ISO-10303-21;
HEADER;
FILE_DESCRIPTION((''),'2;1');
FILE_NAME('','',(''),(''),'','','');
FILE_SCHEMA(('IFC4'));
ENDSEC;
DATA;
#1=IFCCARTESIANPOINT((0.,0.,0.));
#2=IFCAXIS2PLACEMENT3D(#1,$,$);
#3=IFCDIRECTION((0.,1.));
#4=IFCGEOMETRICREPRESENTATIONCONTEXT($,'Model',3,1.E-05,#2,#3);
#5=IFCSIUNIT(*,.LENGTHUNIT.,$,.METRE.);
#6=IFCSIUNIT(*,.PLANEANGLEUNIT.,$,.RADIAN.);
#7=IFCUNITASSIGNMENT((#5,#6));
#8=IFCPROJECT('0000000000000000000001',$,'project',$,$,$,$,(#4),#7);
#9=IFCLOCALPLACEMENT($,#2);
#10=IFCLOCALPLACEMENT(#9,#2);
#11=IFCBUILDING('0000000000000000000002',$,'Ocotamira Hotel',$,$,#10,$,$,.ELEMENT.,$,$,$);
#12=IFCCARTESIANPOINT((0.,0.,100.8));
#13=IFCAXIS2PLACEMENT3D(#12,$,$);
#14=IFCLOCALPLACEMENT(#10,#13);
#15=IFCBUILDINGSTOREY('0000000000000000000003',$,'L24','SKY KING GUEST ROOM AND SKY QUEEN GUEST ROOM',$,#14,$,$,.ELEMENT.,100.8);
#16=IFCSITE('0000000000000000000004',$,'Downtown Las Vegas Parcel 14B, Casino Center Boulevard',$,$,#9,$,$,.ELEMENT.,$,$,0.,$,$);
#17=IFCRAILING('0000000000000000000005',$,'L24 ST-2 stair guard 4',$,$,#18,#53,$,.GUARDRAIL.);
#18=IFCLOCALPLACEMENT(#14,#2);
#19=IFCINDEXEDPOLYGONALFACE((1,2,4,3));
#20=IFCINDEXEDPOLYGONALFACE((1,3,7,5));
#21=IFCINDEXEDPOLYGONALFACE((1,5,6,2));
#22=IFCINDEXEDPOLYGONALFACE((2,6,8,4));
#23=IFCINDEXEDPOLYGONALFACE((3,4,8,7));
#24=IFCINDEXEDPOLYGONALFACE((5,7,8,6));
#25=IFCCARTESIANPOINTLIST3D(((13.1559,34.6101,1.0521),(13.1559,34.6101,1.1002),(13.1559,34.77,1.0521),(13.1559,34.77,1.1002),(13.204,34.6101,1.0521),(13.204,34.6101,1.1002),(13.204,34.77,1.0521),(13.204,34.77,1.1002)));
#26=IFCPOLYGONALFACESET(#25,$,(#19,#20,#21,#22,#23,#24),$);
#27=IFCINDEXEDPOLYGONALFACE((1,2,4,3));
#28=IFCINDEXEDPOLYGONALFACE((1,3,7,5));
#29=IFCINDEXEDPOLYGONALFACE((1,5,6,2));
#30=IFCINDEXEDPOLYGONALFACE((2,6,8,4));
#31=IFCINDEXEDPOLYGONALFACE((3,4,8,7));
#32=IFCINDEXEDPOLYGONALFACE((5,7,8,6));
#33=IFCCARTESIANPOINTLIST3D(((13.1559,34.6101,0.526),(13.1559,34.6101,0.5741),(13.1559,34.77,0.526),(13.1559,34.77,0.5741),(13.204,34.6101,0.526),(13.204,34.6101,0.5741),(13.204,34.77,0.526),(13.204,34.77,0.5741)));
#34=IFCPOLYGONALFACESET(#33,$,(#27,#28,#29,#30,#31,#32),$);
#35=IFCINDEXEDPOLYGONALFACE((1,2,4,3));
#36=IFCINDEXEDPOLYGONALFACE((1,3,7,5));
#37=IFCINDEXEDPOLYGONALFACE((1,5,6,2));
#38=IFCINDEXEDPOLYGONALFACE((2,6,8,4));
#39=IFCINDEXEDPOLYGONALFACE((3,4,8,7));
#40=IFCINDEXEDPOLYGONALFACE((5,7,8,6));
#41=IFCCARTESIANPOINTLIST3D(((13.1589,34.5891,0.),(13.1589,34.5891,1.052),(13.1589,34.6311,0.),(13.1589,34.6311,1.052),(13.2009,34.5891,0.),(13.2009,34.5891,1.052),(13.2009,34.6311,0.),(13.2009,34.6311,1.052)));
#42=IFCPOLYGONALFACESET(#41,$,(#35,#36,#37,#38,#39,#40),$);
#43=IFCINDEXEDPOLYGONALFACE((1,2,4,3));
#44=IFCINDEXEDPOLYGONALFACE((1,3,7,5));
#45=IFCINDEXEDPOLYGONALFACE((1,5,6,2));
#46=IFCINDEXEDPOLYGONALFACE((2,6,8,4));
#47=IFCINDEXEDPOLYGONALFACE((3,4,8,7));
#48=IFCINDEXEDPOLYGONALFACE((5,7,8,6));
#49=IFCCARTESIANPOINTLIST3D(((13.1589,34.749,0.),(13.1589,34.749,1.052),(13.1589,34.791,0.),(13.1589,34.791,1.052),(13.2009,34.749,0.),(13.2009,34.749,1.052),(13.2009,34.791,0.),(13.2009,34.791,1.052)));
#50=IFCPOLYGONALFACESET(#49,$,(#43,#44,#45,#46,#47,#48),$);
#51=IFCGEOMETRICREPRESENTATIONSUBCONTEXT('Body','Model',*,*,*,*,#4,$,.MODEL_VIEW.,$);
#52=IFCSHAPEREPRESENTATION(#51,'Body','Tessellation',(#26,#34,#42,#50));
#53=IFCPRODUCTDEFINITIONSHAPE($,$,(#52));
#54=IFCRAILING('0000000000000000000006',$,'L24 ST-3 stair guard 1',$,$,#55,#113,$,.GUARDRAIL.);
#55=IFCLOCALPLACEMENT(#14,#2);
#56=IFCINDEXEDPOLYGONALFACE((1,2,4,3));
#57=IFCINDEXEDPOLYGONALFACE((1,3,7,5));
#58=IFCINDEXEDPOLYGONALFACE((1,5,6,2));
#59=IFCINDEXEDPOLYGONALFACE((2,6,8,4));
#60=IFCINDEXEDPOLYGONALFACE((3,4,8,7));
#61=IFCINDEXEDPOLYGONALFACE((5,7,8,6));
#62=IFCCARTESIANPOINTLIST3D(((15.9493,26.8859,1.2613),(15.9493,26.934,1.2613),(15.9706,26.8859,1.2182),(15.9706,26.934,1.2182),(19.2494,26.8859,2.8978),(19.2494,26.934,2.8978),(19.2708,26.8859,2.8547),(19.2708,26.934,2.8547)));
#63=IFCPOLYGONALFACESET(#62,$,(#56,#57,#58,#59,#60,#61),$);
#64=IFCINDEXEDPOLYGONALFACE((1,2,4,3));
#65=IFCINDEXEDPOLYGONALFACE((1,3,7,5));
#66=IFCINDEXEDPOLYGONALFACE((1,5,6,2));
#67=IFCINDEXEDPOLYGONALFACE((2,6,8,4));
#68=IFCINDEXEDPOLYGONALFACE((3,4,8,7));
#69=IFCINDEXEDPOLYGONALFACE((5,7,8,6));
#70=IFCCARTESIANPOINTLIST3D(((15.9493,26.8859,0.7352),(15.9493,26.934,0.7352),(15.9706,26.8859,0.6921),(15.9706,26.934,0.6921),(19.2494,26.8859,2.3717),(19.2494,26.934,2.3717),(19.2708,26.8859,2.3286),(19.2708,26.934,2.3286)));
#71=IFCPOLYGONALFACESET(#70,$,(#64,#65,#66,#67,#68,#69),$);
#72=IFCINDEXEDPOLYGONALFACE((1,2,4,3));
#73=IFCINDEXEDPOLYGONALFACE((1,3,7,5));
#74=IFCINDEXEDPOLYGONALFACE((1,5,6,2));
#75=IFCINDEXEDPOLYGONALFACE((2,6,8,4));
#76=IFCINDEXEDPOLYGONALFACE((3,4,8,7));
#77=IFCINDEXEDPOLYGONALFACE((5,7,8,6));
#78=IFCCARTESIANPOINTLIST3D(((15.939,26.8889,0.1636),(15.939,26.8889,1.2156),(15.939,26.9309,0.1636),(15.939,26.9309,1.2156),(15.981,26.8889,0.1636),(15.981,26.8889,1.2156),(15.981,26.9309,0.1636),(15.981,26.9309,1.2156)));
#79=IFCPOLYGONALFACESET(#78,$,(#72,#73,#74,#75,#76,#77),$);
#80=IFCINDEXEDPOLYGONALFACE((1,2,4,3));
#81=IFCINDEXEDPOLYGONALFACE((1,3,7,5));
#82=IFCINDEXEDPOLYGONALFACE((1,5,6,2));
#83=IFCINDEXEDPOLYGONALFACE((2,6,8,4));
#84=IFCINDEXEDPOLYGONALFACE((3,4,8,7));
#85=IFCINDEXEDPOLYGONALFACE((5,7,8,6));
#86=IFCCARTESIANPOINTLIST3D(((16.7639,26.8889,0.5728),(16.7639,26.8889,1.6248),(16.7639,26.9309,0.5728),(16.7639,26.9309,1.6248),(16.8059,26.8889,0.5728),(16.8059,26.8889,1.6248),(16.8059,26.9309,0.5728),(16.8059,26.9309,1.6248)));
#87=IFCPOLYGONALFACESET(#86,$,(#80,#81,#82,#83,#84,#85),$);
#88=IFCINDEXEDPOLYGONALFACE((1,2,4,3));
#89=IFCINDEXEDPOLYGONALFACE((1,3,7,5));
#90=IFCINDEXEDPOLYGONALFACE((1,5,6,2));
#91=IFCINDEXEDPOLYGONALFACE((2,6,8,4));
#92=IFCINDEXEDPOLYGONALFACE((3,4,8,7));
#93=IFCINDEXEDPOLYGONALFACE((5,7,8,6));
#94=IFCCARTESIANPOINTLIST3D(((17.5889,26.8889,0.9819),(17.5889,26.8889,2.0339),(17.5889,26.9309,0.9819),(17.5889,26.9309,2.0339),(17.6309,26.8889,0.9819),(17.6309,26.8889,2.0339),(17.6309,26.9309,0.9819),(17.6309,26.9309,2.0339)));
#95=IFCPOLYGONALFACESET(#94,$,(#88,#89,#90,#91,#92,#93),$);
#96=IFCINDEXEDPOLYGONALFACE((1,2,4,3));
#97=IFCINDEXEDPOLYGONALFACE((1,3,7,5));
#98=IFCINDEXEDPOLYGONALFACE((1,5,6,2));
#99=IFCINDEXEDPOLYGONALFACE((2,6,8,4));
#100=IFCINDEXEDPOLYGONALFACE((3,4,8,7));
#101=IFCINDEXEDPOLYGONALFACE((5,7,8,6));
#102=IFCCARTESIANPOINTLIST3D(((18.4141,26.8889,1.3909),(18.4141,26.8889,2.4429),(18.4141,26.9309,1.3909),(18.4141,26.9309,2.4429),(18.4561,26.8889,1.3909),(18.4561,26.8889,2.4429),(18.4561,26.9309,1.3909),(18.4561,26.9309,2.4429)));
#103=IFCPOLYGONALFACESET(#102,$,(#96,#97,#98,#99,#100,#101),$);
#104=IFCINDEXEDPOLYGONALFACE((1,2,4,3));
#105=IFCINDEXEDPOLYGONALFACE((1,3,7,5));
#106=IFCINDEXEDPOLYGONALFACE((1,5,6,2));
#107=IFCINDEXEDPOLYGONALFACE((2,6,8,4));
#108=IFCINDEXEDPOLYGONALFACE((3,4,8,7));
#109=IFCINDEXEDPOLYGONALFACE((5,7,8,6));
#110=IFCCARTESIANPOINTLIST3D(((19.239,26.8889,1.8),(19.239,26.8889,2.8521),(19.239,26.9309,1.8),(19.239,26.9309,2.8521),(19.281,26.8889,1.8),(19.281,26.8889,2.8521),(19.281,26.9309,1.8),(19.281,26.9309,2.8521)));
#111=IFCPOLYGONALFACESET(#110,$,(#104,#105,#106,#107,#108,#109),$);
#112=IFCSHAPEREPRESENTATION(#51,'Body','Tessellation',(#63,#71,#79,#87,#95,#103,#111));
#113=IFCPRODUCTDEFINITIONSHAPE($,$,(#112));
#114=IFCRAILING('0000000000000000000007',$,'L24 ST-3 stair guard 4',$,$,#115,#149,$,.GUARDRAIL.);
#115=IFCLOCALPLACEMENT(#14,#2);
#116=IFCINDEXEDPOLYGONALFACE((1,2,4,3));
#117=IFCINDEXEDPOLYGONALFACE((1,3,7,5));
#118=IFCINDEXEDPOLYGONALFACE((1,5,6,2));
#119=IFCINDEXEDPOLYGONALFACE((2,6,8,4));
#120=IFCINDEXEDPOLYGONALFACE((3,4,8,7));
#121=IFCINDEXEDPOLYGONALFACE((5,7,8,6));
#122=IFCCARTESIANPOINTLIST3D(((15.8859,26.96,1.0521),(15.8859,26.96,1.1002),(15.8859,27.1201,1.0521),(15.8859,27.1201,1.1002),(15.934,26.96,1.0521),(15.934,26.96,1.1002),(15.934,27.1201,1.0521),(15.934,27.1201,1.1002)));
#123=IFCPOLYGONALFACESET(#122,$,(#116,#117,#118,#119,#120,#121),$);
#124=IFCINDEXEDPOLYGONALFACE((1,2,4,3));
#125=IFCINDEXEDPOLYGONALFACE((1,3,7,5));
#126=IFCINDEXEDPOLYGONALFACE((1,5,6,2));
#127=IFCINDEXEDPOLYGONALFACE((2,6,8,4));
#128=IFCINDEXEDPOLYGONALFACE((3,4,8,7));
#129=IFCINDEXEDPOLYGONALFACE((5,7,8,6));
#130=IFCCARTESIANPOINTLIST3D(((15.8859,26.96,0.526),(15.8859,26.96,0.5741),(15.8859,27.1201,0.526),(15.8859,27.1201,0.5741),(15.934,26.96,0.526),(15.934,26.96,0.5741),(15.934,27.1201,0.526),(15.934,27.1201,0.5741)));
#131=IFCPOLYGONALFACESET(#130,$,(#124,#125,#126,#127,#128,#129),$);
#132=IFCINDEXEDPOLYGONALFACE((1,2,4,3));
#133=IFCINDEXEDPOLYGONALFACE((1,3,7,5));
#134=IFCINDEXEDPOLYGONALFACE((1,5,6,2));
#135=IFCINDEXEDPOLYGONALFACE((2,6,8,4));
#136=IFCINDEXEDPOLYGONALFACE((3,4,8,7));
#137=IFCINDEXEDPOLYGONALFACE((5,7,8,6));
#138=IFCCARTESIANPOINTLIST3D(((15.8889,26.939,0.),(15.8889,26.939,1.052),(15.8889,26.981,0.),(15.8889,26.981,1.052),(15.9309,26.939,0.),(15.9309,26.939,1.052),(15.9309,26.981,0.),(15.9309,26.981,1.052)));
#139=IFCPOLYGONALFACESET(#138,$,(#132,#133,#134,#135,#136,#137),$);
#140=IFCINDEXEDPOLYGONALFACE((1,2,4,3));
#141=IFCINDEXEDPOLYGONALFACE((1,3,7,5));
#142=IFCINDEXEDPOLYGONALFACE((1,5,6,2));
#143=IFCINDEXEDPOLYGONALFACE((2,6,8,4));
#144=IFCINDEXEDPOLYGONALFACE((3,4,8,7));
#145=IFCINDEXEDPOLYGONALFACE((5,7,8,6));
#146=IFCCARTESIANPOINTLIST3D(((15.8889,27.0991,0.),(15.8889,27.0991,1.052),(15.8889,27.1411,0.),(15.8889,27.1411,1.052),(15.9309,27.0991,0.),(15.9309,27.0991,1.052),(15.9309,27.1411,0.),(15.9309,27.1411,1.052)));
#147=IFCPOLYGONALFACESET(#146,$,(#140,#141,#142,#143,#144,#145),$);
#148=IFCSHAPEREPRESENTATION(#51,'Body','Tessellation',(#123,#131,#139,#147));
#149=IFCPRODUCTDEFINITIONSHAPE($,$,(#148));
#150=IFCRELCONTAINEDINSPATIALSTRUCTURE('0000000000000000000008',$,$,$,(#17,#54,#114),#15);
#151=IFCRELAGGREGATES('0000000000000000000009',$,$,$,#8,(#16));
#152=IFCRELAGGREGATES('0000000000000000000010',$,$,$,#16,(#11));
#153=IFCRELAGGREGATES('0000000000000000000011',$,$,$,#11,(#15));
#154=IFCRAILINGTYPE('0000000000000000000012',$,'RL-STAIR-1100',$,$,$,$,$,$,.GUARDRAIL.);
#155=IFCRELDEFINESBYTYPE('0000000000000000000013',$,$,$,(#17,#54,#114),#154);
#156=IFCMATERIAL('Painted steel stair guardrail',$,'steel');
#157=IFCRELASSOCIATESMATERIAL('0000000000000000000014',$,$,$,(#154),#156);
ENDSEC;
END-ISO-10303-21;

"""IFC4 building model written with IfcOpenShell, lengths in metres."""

from ifc_helpers import new_model, si_unit, direction, frame, origin, origin_2d, place, context, subcontext, project, spatial, rectangle, extrude, material, type_object, element, save


model = new_model("IFC4")

# Units and contexts
model_context = context("Model", 3, precision=1e-05, world=origin(), true_north=direction((0.0, 1.0)))
body_context = subcontext(model_context, "Body", "Model", "MODEL_VIEW")
ifc_project = project(units=[si_unit("LENGTHUNIT", "METRE"), si_unit("PLANEANGLEUNIT", "RADIAN")], contexts=[model_context])

# Site, building, storey
site_placement = place(None, origin())
site = spatial("IfcSite", under=ifc_project, at=site_placement, Name="Downtown Las Vegas Parcel 14B, Casino Center Boulevard", CompositionType="ELEMENT", RefElevation=0.0)
building_placement = place(site_placement, origin())
building = spatial("IfcBuilding", under=site, at=building_placement, Name="Ocotamira Hotel", CompositionType="ELEMENT")
storey_placement = place(building_placement, frame((0.0, 0.0, 100.8)))
storey = spatial("IfcBuildingStorey", under=building, at=storey_placement, Name="L24", Description="SKY KING GUEST ROOM AND SKY QUEEN GUEST ROOM", CompositionType="ELEMENT", Elevation=100.8)

# Railings
ifc_material_1 = material(Name="Painted steel stair guardrail", Category="steel")
railing_type_1 = type_object("IfcRailingType", Name="RL-STAIR-1100", PredefinedType="GUARDRAIL", material=ifc_material_1)
railing_1_placement = place(storey_placement, frame((13.1799, 34.6101, 0.0)))
element("IfcRailing", 1, at=railing_1_placement, inside=storey, type_object=railing_type_1, Name="L24 ST-2 stair guard 4", PredefinedType="GUARDRAIL", context=body_context, shape_type="SweptSolid", body=[
    extrude(rectangle(XDim=0.0481, YDim=0.0481, at=origin_2d()), frame((0.0, 0.0, 1.0762), z_axis=(0.0, 1.0, 0.0), x_axis=(-1.0, 0.0, 0.0)), (0.0, 0.0, 1.0), 0.1599),
    extrude(rectangle(XDim=0.0481, YDim=0.0481, at=origin_2d()), frame((0.0, 0.0, 0.55), z_axis=(0.0, 1.0, 0.0), x_axis=(-1.0, 0.0, 0.0)), (0.0, 0.0, 1.0), 0.1599),
    extrude(rectangle(XDim=0.042, YDim=0.042, at=origin_2d()), origin(), (0.0, 0.0, 1.0), 1.052),
    extrude(rectangle(XDim=0.042, YDim=0.042, at=origin_2d()), frame((0.0, 0.1599, 0.0)), (0.0, 0.0, 1.0), 1.052),
])
railing_2_placement = place(storey_placement, frame((15.96, 26.9099, 0.1636)))
element("IfcRailing", 2, at=railing_2_placement, inside=storey, type_object=railing_type_1, Name="L24 ST-3 stair guard 1", PredefinedType="GUARDRAIL", context=body_context, shape_type="SweptSolid", body=[
    extrude(rectangle(XDim=0.0481, YDim=0.0481, at=origin_2d()), frame((0.0, 0.0, 1.0762), z_axis=(0.895894, 0.0, 0.444268), x_axis=(0.0, 1.0, 0.0)), (0.0, 0.0, 1.0), 3.6836),
    extrude(rectangle(XDim=0.0481, YDim=0.0481, at=origin_2d()), frame((0.0, 0.0, 0.55), z_axis=(0.895894, 0.0, 0.444268), x_axis=(0.0, 1.0, 0.0)), (0.0, 0.0, 1.0), 3.6836),
    extrude(rectangle(XDim=0.042, YDim=0.042, at=origin_2d()), origin(), (0.0, 0.0, 1.0), 1.052),
    extrude(rectangle(XDim=0.042, YDim=0.042, at=origin_2d()), frame((0.825, 0.0, 0.4092)), (0.0, 0.0, 1.0), 1.052),
    extrude(rectangle(XDim=0.042, YDim=0.042, at=origin_2d()), frame((1.6499, 0.0, 0.8184)), (0.0, 0.0, 1.0), 1.052),
    extrude(rectangle(XDim=0.042, YDim=0.042, at=origin_2d()), frame((2.4751, 0.0, 1.2273)), (0.0, 0.0, 1.0), 1.052),
    extrude(rectangle(XDim=0.042, YDim=0.042, at=origin_2d()), frame((3.3, 0.0, 1.6365)), (0.0, 0.0, 1.0), 1.052),
])
railing_3_placement = place(storey_placement, frame((15.9099, 26.96, 0.0)))
element("IfcRailing", 3, at=railing_3_placement, inside=storey, type_object=railing_type_1, Name="L24 ST-3 stair guard 4", PredefinedType="GUARDRAIL", context=body_context, shape_type="SweptSolid", body=[
    extrude(rectangle(XDim=0.0481, YDim=0.0481, at=origin_2d()), frame((0.0, 0.0, 1.0762), z_axis=(0.0, 1.0, 0.0), x_axis=(-1.0, 0.0, 0.0)), (0.0, 0.0, 1.0), 0.1602),
    extrude(rectangle(XDim=0.0481, YDim=0.0481, at=origin_2d()), frame((0.0, 0.0, 0.55), z_axis=(0.0, 1.0, 0.0), x_axis=(-1.0, 0.0, 0.0)), (0.0, 0.0, 1.0), 0.1602),
    extrude(rectangle(XDim=0.042, YDim=0.042, at=origin_2d()), origin(), (0.0, 0.0, 1.0), 1.052),
    extrude(rectangle(XDim=0.042, YDim=0.042, at=origin_2d()), frame((0.0, 0.1602, 0.0)), (0.0, 0.0, 1.0), 1.052),
])

save(model, "model.ifc")
